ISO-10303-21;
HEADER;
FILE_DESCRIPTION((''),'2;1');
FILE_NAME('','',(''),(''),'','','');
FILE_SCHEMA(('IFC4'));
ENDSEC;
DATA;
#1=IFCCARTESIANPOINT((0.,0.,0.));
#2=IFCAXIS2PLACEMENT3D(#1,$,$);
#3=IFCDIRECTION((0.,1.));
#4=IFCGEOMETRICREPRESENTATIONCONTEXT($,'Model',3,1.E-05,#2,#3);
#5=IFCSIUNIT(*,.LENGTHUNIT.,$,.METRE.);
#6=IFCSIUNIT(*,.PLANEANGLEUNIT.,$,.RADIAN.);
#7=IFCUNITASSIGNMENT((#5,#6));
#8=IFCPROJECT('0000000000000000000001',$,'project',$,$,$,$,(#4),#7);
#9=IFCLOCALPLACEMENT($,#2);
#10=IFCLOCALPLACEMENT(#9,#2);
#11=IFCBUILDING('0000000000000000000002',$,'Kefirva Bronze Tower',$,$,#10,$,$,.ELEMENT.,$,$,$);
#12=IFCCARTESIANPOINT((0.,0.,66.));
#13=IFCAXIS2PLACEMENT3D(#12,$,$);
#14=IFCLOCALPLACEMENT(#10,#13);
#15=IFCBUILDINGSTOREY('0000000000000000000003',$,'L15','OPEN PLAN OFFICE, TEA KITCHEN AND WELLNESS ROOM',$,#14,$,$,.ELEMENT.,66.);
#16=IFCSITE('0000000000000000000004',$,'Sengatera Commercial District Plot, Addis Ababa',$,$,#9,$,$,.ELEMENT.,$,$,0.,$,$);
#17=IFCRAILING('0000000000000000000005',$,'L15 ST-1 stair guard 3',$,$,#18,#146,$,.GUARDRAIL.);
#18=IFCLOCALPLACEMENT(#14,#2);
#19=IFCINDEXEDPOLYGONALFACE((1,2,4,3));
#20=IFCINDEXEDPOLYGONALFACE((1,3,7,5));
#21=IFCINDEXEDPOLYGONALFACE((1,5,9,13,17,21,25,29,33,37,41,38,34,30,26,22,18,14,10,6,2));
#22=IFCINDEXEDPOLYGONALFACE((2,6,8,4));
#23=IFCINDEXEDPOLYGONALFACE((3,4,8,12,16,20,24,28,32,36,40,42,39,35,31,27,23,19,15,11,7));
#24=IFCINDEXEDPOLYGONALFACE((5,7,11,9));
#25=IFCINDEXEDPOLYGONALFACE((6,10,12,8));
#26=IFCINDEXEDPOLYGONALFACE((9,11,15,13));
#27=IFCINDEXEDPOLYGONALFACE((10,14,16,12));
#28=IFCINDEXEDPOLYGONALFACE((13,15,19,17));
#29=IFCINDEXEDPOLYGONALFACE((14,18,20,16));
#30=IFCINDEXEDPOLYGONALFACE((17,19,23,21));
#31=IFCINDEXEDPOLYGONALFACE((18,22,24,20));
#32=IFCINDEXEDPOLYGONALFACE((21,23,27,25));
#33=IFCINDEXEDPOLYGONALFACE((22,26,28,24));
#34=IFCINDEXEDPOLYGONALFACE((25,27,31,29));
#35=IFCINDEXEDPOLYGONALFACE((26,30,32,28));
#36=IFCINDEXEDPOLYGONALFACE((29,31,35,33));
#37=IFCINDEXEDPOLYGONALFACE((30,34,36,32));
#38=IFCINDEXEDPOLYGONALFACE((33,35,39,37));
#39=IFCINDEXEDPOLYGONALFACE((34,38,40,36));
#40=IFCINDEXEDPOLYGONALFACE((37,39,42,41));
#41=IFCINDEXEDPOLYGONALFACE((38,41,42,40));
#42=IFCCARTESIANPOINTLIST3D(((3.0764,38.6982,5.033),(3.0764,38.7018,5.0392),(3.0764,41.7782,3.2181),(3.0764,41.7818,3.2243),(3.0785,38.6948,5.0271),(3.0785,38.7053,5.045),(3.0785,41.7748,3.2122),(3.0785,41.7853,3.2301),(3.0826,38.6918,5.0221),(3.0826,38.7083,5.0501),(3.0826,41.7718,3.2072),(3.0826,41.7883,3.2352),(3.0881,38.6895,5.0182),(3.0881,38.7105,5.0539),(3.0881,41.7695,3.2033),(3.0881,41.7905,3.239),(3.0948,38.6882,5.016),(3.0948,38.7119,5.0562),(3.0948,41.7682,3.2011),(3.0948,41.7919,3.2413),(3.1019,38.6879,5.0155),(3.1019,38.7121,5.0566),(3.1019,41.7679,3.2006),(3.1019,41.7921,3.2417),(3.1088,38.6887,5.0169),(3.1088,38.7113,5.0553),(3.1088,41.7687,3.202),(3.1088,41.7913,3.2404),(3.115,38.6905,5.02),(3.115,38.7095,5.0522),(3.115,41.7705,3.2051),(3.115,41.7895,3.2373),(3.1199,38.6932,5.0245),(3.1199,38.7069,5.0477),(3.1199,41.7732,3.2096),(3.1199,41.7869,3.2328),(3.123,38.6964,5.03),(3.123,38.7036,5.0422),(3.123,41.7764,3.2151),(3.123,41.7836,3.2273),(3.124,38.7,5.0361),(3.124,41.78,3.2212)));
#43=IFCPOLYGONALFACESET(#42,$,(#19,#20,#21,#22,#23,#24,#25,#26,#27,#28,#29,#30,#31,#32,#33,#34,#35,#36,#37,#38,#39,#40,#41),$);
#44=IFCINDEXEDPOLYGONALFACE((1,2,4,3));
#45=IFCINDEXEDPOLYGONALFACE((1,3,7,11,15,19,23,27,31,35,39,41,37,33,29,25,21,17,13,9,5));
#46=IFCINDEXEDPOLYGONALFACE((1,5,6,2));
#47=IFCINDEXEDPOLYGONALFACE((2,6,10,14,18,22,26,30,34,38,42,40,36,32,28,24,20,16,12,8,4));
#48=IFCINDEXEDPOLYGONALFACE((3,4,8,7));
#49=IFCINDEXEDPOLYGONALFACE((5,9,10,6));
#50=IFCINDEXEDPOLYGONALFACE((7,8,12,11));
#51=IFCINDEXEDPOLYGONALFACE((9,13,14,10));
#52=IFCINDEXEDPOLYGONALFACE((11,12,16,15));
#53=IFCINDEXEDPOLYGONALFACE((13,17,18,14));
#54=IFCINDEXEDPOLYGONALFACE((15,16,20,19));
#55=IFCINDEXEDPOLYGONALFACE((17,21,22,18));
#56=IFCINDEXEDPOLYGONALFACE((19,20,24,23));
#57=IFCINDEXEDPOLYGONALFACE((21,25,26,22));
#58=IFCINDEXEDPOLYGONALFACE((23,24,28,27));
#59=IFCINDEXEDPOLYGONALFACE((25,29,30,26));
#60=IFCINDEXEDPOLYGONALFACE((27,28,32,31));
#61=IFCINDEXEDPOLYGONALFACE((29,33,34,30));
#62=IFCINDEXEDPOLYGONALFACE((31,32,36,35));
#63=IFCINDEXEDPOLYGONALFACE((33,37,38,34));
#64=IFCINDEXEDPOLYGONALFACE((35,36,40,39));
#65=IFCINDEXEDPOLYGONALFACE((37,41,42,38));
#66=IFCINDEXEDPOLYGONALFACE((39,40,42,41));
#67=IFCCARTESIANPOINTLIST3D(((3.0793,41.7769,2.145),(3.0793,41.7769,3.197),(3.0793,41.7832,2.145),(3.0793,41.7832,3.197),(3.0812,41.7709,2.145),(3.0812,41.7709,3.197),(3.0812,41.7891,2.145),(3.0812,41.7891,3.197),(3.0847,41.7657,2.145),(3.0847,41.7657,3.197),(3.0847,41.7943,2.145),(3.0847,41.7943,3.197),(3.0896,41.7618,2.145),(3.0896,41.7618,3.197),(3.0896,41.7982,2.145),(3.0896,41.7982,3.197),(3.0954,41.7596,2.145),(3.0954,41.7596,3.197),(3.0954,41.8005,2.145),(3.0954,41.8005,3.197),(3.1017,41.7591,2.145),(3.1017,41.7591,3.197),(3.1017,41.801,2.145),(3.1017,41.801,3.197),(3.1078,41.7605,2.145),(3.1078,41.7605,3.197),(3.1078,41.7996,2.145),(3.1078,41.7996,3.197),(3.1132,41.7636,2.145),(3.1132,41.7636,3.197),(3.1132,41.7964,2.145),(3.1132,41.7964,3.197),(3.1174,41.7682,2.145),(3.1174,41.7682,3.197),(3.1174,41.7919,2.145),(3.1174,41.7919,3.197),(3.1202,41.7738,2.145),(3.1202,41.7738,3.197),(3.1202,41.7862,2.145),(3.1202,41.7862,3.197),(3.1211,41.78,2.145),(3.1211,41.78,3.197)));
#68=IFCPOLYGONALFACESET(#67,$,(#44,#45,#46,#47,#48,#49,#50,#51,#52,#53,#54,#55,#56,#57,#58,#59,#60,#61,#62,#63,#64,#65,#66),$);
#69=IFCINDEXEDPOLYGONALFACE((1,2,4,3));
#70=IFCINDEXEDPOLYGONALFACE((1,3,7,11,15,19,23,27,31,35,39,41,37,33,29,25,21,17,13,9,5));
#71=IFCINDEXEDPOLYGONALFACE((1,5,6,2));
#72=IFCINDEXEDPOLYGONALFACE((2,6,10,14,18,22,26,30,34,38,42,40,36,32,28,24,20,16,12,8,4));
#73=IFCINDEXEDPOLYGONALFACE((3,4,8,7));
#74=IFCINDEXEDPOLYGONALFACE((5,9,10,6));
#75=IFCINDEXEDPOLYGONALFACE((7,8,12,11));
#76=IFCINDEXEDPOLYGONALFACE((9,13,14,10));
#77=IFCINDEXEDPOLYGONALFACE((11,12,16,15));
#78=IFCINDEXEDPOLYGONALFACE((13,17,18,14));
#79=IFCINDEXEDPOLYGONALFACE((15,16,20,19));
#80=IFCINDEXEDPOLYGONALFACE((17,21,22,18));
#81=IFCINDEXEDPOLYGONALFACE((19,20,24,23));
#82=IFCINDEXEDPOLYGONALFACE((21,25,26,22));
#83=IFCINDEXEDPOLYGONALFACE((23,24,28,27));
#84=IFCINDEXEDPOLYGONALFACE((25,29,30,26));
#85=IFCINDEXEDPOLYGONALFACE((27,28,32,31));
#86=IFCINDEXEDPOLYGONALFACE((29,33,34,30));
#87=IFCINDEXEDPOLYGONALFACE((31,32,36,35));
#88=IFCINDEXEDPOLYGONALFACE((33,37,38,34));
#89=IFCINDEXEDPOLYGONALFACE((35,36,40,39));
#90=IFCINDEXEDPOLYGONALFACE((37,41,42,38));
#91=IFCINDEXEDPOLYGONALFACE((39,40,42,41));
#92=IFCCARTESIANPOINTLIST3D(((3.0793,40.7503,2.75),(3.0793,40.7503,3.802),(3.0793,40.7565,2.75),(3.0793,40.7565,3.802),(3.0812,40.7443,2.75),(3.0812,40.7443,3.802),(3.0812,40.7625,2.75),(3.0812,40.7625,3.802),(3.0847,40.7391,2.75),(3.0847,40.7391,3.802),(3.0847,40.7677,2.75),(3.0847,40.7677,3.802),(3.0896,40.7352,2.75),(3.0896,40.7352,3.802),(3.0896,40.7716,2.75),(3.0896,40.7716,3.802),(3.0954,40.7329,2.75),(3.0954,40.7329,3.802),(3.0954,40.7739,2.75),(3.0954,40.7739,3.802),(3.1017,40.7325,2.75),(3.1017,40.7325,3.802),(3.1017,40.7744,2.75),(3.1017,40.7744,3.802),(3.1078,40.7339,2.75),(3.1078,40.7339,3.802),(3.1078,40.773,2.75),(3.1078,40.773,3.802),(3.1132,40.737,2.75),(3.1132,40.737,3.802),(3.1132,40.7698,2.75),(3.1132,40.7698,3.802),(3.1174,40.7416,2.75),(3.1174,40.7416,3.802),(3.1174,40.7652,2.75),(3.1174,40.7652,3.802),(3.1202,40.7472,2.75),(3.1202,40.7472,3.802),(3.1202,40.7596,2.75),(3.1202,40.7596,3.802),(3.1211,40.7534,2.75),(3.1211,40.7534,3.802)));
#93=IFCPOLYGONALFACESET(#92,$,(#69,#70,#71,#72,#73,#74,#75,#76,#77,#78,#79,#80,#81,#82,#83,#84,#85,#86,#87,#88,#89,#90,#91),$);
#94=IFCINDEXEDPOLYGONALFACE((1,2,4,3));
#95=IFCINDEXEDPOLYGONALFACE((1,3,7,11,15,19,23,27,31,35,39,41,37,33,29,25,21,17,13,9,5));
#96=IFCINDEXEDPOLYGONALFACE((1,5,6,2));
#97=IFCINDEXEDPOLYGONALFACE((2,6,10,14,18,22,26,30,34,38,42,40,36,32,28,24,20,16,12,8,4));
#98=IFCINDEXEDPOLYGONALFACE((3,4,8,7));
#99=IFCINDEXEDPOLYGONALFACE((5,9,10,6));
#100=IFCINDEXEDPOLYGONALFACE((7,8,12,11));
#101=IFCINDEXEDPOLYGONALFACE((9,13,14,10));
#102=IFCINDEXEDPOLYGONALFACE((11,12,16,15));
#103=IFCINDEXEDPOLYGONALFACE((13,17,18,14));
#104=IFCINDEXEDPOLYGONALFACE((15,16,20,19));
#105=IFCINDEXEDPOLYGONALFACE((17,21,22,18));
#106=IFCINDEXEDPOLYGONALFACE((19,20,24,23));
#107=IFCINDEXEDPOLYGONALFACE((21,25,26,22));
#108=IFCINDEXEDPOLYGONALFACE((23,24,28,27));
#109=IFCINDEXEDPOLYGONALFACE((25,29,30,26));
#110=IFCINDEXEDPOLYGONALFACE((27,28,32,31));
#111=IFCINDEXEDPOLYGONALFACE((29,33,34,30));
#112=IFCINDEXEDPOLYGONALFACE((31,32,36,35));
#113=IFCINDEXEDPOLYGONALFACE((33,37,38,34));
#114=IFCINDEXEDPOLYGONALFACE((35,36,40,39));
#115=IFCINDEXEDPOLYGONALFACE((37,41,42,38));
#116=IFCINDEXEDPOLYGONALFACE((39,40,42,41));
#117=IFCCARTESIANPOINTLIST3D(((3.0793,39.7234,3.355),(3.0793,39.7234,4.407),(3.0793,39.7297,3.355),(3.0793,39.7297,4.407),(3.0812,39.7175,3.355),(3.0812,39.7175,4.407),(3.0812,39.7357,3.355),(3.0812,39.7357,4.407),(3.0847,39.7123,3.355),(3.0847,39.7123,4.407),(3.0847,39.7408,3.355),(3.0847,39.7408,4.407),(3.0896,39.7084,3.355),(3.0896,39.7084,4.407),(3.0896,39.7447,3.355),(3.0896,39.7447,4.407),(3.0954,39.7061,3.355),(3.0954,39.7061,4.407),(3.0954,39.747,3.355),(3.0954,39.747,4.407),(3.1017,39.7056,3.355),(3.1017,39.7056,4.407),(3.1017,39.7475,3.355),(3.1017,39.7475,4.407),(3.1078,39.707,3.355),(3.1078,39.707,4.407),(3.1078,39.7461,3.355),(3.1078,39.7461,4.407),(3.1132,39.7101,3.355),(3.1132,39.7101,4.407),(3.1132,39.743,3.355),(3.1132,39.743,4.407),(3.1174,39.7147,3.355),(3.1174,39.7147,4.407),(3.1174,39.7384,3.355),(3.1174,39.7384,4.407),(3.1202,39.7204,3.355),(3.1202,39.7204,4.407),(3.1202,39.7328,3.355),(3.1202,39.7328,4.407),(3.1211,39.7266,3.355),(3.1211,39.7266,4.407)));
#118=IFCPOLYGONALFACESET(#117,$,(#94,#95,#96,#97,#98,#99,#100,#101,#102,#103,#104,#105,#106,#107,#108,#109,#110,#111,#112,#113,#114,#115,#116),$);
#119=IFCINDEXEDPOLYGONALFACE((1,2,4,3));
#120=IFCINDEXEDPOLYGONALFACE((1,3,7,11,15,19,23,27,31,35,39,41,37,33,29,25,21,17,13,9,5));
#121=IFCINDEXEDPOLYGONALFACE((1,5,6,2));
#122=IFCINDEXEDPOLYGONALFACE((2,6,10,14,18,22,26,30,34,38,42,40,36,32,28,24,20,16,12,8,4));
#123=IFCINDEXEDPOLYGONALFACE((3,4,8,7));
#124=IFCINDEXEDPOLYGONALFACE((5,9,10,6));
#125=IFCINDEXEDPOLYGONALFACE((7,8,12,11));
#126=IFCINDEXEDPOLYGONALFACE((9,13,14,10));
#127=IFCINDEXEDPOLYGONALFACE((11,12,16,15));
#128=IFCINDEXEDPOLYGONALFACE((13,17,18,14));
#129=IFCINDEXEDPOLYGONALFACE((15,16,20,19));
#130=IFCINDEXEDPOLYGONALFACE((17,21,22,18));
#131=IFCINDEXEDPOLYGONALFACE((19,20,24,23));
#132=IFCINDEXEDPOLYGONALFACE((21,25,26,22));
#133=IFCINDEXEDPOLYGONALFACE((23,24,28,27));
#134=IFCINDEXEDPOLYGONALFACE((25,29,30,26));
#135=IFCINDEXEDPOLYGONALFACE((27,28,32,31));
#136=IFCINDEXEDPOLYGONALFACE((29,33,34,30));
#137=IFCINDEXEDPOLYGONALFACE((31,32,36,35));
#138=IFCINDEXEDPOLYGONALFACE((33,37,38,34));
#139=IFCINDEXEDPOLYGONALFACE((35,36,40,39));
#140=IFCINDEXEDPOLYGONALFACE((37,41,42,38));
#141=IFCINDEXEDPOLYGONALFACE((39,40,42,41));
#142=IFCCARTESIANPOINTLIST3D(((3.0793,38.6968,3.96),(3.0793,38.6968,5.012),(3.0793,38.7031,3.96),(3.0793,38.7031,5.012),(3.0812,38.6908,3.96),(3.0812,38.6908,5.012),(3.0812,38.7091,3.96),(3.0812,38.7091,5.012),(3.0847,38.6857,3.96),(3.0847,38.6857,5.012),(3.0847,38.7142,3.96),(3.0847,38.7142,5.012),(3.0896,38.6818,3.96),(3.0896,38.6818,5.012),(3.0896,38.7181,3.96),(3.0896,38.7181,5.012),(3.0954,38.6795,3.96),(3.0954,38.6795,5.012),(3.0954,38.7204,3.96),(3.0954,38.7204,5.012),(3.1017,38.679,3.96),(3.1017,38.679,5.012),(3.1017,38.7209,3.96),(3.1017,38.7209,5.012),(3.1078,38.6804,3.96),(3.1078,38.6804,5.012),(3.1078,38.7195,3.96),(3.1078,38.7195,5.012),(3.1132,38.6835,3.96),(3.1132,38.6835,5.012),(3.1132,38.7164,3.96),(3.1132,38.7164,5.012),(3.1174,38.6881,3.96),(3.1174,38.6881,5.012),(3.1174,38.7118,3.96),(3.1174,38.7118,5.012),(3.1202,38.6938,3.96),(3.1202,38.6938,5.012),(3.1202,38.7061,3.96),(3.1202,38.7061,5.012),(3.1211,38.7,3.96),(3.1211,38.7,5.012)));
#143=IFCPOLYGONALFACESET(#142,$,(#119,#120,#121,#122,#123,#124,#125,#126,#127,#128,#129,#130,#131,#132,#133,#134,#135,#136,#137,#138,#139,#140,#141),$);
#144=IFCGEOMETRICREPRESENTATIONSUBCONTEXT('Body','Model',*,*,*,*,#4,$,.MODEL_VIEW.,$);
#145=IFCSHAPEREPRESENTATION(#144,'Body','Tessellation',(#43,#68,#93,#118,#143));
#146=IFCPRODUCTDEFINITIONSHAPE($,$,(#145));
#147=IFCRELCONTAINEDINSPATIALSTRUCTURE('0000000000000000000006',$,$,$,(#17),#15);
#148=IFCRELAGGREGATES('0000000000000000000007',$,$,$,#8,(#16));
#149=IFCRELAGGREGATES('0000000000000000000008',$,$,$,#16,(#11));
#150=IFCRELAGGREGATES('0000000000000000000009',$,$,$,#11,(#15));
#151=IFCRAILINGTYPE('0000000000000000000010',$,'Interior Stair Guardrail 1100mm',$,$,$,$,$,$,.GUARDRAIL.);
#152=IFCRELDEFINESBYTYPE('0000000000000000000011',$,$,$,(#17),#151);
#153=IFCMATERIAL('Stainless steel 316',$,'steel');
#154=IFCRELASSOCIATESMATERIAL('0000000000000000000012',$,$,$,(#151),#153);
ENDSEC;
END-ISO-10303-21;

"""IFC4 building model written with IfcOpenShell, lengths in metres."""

from ifc_helpers import new_model, si_unit, direction, frame, origin, origin_2d, place, context, subcontext, project, spatial, circle, extrude, material, type_object, element, save


model = new_model("IFC4")

# Units and contexts
model_context = context("Model", 3, precision=1e-05, world=origin(), true_north=direction((0.0, 1.0)))
body_context = subcontext(model_context, "Body", "Model", "MODEL_VIEW")
ifc_project = project(units=[si_unit("LENGTHUNIT", "METRE"), si_unit("PLANEANGLEUNIT", "RADIAN")], contexts=[model_context])

# Site, building, storey
site_placement = place(None, origin())
site = spatial("IfcSite", under=ifc_project, at=site_placement, Name="Sengatera Commercial District Plot, Addis Ababa", CompositionType="ELEMENT", RefElevation=0.0)
building_placement = place(site_placement, origin())
building = spatial("IfcBuilding", under=site, at=building_placement, Name="Kefirva Bronze Tower", CompositionType="ELEMENT")
storey_placement = place(building_placement, frame((0.0, 0.0, 66.0)))
storey = spatial("IfcBuildingStorey", under=building, at=storey_placement, Name="L15", Description="OPEN PLAN OFFICE, TEA KITCHEN AND WELLNESS ROOM", CompositionType="ELEMENT", Elevation=66.0)

# Railing
ifc_material_1 = material(Name="Stainless steel 316", Category="steel")
railing_type_1 = type_object("IfcRailingType", Name="Interior Stair Guardrail 1100mm", PredefinedType="GUARDRAIL", material=ifc_material_1)
railing_1_placement = place(storey_placement, frame((3.1001, 41.78, 2.145)))
element("IfcRailing", 1, at=railing_1_placement, inside=storey, type_object=railing_type_1, Name="L15 ST-1 stair guard 3", PredefinedType="GUARDRAIL", context=body_context, shape_type="SweptSolid", body=[
    extrude(circle(Radius=0.0239, at=origin_2d()), frame((0.0, 0.0, 1.0762), z_axis=(0.0, -0.861551, 0.507671), x_axis=(1.0, 0.0, 0.0)), (0.0, 0.0, 1.0), 3.575),
    extrude(circle(Radius=0.021, at=origin_2d()), origin(), (0.0, 0.0, 1.0), 1.052),
    extrude(circle(Radius=0.021, at=origin_2d()), frame((0.0, -1.0266, 0.605)), (0.0, 0.0, 1.0), 1.052),
    extrude(circle(Radius=0.021, at=origin_2d()), frame((0.0, -2.0535, 1.21)), (0.0, 0.0, 1.0), 1.052),
    extrude(circle(Radius=0.021, at=origin_2d()), frame((0.0, -3.0801, 1.8149)), (0.0, 0.0, 1.0), 1.052),
])

save(model, "model.ifc")
